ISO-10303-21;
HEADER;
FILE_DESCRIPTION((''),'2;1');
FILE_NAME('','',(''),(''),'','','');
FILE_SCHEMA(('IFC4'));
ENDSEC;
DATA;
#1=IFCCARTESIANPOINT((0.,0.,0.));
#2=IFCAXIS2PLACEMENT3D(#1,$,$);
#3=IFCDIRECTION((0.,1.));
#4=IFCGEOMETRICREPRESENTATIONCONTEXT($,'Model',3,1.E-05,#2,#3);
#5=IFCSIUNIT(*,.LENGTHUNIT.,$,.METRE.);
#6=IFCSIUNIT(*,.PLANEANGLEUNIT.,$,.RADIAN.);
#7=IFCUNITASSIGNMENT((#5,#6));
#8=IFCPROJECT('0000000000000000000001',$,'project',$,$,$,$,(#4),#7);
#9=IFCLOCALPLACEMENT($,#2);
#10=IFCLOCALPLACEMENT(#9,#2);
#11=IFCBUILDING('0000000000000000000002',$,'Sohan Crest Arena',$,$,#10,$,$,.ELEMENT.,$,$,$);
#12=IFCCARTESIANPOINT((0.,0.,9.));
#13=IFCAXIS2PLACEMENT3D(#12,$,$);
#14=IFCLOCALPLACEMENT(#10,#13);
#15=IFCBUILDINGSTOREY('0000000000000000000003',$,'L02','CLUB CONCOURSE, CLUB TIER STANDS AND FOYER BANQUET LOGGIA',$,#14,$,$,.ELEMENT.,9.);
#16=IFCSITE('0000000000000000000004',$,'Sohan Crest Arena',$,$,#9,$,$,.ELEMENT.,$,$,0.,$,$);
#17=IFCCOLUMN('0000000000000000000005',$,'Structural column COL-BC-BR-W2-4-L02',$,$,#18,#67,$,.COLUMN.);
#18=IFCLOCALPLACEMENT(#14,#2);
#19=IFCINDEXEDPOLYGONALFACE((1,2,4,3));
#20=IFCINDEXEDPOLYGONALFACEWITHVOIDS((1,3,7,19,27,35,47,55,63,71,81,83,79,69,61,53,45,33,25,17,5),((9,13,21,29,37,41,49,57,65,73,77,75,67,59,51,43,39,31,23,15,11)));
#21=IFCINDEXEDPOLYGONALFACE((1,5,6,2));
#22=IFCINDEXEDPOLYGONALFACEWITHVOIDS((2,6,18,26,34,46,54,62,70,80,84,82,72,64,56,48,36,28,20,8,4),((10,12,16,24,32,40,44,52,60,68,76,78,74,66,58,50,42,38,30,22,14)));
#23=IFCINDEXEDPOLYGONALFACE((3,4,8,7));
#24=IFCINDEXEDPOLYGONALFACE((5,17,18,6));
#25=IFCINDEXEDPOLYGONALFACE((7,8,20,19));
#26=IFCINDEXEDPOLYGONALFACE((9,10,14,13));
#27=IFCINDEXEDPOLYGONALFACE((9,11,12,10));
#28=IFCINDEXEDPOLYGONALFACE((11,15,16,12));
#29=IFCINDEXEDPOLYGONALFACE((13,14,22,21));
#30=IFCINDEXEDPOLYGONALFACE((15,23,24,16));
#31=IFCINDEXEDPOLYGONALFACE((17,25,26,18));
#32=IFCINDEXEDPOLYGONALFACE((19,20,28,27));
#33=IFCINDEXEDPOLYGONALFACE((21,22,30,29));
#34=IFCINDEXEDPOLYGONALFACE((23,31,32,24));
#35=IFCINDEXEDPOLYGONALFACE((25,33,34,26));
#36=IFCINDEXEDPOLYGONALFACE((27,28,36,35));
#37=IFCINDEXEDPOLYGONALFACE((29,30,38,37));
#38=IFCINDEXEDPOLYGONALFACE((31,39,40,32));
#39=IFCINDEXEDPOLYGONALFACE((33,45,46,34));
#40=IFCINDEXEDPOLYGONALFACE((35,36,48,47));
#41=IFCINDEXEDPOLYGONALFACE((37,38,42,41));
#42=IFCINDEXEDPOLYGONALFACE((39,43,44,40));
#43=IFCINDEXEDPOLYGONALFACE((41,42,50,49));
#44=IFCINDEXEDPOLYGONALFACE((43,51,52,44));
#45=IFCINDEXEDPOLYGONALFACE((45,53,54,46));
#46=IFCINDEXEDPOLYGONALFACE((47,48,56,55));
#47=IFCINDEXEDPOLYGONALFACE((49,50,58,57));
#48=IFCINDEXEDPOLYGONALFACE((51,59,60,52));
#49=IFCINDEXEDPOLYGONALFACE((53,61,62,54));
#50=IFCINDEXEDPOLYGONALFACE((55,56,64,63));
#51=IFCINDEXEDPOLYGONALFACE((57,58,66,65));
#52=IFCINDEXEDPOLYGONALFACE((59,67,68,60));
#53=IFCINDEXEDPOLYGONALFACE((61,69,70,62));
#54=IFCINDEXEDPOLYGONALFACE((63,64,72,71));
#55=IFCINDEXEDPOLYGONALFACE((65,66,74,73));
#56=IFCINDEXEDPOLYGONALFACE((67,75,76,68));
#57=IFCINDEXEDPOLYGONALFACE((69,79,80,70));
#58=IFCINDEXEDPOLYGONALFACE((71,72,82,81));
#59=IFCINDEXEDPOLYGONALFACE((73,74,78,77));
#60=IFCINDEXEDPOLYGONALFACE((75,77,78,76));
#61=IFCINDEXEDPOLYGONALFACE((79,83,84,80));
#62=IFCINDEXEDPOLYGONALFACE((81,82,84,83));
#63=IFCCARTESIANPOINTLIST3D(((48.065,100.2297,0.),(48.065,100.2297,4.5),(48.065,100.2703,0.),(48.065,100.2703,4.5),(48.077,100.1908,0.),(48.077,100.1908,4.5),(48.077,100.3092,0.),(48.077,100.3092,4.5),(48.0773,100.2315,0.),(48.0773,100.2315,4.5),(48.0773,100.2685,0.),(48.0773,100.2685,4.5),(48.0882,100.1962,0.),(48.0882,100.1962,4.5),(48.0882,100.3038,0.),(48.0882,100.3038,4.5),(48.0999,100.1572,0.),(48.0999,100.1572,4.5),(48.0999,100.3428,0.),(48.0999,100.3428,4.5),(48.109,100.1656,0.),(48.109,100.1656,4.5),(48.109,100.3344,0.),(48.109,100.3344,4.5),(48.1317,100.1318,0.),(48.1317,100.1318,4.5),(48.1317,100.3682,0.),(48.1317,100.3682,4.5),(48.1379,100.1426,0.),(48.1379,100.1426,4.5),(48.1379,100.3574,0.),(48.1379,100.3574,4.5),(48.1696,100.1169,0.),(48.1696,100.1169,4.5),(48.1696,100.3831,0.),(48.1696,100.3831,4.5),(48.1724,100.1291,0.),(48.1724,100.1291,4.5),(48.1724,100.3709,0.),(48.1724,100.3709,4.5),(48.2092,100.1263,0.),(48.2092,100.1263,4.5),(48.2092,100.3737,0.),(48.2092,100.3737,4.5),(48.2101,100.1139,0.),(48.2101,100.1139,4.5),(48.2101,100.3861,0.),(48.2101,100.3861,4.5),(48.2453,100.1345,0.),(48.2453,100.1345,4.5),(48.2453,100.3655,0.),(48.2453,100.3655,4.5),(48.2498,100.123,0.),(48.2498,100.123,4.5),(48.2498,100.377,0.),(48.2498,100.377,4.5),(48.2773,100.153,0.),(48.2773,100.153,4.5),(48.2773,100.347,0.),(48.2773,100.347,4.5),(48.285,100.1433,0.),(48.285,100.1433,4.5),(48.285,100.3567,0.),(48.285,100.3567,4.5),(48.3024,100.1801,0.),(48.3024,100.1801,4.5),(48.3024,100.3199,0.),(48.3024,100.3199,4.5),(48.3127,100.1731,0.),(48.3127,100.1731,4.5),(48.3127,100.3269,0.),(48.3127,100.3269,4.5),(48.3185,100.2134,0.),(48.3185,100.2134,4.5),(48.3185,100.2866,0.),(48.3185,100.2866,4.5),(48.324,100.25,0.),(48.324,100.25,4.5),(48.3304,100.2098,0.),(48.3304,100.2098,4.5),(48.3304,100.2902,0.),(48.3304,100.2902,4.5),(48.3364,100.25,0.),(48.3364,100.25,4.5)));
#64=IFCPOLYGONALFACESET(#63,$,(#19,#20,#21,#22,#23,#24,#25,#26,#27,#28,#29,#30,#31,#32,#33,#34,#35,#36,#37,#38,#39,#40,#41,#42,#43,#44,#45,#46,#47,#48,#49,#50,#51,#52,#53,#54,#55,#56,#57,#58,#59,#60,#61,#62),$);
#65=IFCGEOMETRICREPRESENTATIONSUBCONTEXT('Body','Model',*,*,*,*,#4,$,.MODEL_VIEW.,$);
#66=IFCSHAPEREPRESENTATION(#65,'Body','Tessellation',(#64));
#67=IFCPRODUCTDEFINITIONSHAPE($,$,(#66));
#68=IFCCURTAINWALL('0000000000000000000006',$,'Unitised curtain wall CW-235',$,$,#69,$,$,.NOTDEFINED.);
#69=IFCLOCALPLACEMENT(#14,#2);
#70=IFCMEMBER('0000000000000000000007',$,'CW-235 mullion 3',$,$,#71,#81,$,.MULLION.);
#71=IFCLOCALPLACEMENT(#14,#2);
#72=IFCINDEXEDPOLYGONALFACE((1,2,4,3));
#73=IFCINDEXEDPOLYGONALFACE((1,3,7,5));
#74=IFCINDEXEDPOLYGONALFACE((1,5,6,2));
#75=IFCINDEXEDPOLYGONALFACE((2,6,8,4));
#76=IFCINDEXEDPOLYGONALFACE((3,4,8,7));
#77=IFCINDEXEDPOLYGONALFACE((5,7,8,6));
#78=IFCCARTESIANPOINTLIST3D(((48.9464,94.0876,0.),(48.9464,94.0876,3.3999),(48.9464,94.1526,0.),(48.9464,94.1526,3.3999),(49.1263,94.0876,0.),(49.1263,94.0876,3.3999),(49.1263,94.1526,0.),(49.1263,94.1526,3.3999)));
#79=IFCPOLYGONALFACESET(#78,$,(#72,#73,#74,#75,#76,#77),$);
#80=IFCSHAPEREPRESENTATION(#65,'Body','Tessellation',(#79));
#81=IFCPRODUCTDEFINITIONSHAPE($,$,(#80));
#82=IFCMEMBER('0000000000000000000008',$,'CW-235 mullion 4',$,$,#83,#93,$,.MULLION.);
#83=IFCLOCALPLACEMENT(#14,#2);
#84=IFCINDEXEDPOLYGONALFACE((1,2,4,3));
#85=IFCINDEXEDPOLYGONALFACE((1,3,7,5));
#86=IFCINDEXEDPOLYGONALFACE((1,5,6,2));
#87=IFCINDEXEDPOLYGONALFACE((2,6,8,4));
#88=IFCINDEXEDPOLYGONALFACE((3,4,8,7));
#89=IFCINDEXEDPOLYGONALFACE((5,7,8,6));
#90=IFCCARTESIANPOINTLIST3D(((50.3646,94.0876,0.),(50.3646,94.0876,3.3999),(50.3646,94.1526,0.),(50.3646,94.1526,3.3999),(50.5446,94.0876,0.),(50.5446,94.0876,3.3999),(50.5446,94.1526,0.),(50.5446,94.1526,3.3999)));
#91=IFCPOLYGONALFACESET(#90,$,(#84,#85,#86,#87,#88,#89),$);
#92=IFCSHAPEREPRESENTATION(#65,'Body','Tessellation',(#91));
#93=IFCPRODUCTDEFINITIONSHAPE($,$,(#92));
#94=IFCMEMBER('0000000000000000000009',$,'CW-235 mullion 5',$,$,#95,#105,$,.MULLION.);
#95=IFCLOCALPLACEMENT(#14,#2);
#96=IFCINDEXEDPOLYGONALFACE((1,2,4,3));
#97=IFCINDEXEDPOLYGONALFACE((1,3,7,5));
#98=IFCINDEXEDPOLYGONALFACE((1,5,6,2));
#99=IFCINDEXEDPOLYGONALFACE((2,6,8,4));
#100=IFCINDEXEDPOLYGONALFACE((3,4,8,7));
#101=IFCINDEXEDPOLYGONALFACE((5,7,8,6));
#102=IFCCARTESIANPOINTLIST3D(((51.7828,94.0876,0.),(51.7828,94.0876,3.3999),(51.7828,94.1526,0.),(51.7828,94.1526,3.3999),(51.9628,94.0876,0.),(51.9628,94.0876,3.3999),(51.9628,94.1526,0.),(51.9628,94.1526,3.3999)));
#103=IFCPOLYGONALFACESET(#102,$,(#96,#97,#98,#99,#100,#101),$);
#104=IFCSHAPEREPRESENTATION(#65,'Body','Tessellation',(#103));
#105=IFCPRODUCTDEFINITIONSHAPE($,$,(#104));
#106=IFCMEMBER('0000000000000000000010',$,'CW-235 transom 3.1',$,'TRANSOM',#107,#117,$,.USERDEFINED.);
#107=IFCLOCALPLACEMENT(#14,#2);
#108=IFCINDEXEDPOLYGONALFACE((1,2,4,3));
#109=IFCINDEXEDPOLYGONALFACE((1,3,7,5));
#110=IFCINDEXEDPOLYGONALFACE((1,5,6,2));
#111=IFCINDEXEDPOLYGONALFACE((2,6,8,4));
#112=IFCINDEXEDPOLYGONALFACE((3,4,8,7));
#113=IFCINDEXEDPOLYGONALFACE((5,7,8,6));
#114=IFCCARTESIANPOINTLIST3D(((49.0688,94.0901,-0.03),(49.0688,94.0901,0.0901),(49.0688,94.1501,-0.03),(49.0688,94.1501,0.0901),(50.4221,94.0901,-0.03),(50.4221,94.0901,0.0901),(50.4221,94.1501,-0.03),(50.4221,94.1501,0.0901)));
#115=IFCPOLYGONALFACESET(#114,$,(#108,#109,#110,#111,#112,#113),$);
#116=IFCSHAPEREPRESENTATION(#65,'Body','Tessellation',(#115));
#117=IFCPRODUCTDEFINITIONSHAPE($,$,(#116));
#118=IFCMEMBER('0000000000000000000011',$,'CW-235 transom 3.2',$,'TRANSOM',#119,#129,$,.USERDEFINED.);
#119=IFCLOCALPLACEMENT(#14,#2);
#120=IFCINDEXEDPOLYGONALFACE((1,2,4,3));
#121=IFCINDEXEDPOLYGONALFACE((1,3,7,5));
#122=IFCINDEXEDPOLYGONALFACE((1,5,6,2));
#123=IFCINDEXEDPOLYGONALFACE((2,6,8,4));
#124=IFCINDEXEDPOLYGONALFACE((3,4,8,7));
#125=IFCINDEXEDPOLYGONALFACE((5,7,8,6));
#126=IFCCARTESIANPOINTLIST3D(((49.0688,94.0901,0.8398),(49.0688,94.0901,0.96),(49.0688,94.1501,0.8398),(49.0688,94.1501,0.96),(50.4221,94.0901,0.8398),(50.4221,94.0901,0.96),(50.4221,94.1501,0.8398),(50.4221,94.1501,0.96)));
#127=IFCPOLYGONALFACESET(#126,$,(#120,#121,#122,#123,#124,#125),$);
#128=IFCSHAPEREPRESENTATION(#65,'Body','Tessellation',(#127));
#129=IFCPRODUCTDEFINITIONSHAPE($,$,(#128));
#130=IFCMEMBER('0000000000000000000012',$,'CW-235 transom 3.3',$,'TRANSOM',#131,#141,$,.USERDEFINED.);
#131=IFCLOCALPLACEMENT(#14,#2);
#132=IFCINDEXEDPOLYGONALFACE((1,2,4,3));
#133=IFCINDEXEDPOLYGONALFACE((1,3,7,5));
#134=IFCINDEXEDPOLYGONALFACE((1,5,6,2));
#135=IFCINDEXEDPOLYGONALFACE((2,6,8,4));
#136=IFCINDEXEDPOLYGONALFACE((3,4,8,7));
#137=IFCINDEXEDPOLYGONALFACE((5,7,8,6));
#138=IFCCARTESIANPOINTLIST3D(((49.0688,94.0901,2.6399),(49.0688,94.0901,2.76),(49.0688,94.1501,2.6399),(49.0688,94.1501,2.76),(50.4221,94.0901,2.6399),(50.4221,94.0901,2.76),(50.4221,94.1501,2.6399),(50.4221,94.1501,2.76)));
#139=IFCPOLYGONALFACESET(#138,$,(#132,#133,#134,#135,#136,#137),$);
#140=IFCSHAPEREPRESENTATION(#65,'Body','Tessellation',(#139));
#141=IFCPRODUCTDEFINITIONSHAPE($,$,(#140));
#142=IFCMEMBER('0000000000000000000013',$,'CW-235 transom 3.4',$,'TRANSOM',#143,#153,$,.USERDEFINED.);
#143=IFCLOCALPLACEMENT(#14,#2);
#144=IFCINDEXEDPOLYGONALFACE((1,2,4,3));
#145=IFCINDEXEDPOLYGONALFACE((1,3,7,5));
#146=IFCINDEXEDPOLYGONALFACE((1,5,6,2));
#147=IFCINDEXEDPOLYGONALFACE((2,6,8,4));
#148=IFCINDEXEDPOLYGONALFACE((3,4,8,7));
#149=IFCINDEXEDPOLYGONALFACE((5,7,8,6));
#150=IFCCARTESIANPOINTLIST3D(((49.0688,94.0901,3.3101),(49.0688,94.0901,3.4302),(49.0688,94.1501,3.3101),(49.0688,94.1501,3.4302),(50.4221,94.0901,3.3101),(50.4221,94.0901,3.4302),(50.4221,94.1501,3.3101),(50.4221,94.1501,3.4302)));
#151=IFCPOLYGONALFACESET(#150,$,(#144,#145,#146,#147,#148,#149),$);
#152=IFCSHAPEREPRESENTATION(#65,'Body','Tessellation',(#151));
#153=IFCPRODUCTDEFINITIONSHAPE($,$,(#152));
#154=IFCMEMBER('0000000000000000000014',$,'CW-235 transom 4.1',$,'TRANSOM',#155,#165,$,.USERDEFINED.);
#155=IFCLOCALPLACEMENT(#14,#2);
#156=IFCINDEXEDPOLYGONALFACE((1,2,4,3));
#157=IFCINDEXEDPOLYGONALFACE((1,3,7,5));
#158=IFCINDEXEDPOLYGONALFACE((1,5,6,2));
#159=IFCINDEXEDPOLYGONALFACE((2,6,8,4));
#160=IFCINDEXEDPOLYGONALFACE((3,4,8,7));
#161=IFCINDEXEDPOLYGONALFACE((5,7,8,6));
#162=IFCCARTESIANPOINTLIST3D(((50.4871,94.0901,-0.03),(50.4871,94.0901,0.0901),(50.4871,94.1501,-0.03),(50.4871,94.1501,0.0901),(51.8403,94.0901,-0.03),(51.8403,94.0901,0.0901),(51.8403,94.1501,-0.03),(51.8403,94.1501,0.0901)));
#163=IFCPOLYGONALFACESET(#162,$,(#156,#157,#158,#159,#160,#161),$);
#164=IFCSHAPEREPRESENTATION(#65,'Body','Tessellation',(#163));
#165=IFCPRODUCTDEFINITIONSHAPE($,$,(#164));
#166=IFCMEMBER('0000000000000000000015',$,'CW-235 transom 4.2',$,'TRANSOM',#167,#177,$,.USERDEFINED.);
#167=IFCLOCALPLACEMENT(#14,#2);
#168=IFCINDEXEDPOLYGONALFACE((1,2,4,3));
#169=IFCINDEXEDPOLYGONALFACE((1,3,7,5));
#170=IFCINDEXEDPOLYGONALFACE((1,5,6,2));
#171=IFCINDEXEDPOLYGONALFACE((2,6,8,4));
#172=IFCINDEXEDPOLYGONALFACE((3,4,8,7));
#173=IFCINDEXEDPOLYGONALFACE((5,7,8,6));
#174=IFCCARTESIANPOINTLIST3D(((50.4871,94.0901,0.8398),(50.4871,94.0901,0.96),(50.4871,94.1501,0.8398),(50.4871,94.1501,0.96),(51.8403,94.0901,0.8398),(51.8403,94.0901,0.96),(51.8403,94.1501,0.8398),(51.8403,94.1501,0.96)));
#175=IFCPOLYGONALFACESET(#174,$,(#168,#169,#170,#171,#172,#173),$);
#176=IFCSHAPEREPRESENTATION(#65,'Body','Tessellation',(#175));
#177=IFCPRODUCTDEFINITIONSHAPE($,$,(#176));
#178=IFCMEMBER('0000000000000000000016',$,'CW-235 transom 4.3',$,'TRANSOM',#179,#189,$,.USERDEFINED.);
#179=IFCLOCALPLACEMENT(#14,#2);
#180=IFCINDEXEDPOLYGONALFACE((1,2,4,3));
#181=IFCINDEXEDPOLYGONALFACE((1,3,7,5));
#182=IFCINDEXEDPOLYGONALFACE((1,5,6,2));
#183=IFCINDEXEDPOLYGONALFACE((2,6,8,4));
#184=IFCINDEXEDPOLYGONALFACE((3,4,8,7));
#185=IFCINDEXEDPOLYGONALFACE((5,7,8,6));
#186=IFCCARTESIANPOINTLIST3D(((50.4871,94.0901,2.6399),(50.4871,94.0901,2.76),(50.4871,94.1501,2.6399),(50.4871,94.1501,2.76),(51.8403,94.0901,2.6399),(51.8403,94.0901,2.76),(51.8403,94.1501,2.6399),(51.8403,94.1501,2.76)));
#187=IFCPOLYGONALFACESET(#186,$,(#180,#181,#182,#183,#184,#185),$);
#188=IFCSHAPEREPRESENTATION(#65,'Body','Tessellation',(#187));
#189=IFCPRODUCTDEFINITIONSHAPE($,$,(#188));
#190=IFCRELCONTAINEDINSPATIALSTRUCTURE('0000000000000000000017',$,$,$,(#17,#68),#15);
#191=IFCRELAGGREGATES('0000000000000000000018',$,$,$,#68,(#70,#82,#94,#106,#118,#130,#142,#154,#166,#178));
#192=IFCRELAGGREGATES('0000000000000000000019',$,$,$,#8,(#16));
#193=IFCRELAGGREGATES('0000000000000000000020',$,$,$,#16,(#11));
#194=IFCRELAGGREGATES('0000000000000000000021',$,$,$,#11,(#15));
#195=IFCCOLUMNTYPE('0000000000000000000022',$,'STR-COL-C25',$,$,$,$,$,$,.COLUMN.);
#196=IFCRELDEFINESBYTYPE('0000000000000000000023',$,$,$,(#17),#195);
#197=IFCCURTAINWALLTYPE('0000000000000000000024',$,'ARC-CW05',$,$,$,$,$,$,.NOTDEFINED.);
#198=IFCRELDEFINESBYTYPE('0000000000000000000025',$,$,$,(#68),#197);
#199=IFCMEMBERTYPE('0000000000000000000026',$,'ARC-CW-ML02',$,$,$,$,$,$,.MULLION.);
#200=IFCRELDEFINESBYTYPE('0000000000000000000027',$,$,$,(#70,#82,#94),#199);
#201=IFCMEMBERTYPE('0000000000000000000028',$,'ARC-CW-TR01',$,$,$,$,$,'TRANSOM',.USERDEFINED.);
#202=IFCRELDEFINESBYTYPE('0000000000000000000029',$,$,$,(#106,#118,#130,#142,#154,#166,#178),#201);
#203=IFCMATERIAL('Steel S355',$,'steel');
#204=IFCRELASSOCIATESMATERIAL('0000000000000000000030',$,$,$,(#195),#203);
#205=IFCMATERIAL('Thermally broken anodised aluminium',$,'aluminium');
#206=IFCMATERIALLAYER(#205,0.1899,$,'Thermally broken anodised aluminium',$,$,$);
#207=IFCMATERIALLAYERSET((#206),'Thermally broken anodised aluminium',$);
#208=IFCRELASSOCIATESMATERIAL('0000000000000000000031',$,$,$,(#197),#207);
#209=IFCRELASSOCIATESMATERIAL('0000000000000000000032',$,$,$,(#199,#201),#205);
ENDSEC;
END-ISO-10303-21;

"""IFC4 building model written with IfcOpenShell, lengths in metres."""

from ifc_helpers import new_model, si_unit, direction, frame, origin, origin_2d, place, context, subcontext, project, spatial, rectangle, hollow_circle, extrude, material, layer, layer_set, material_profile, profile_set, type_object, element, aggregate, save


model = new_model("IFC4")

# Units and contexts
model_context = context("Model", 3, precision=1e-05, world=origin(), true_north=direction((0.0, 1.0)))
body_context = subcontext(model_context, "Body", "Model", "MODEL_VIEW")
ifc_project = project(units=[si_unit("LENGTHUNIT", "METRE"), si_unit("PLANEANGLEUNIT", "RADIAN")], contexts=[model_context])

# Site, building, storey
site_placement = place(None, origin())
site = spatial("IfcSite", under=ifc_project, at=site_placement, Name="Sohan Crest Arena", CompositionType="ELEMENT", RefElevation=0.0)
building_placement = place(site_placement, origin())
building = spatial("IfcBuilding", under=site, at=building_placement, Name="Sohan Crest Arena", CompositionType="ELEMENT")
storey_placement = place(building_placement, frame((0.0, 0.0, 9.0)))
storey = spatial("IfcBuildingStorey", under=building, at=storey_placement, Name="L02", Description="CLUB CONCOURSE, CLUB TIER STANDS AND FOYER BANQUET LOGGIA", CompositionType="ELEMENT", Elevation=9.0)

# Column
ifc_material_1 = material(Name="Steel S355", Category="steel")
ifc_material_profile_1 = material_profile(ifc_material_1, hollow_circle(Radius=0.1365, WallThickness=0.0125, at=origin_2d()), Name="CHS 273x12.5")
ifc_profile_set_1 = profile_set([ifc_material_profile_1], Name="Steel S355")
column_type = type_object("IfcColumnType", Name="STR-COL-C25", PredefinedType="COLUMN", material=ifc_profile_set_1)
for number, where, z_axis, x_axis, name in (
    (1, (48.2, 100.25, 0.0), (0.0, 0.0, 1.0), (1.0, 0.0, 0.0), "Structural column COL-BC-BR-W2-4-L02"),
):
    element("IfcColumn", number, at=place(storey_placement, frame(where, z_axis=z_axis, x_axis=x_axis)), inside=storey, type_object=column_type, Name=name, PredefinedType="COLUMN", context=body_context, shape_type="SweptSolid", body=[
        extrude(hollow_circle(Radius=0.1365, WallThickness=0.0125, at=origin_2d()), origin(), (0.0, 0.0, 1.0), 4.5),
    ])

# Curtain wall, members
ifc_material_2 = material(Name="Thermally broken anodised aluminium", Category="aluminium")
ifc_layer_1 = layer(ifc_material_2, 0.1899, Name="Thermally broken anodised aluminium")
ifc_layer_set_1 = layer_set([ifc_layer_1], Name="Thermally broken anodised aluminium")
curtain_wall_type = type_object("IfcCurtainWallType", Name="ARC-CW05", PredefinedType="NOTDEFINED", material=ifc_layer_set_1)
curtain_wall_placement = place(storey_placement, origin())
curtain_wall = element("IfcCurtainWall", 2, at=curtain_wall_placement, inside=storey, type_object=curtain_wall_type, Name="Unitised curtain wall CW-235", PredefinedType="NOTDEFINED")
ifc_material_profile_2 = material_profile(ifc_material_2, rectangle(XDim=0.0649, YDim=0.1799, at=origin_2d()), Name="ALU-MULL 65x180")
ifc_profile_set_2 = profile_set([ifc_material_profile_2], Name="Thermally broken anodised aluminium")
member_type_1 = type_object("IfcMemberType", Name="ARC-CW-ML02", PredefinedType="MULLION", material=ifc_profile_set_2)
member_1_placement = place(storey_placement, frame((49.0364, 94.1201, 0.0), z_axis=(0.0, 0.0, 1.0), x_axis=(0.0, 1.0, 0.0)))
member_1 = element("IfcMember", 3, at=member_1_placement, type_object=member_type_1, Name="CW-235 mullion 3", PredefinedType="MULLION", context=body_context, shape_type="SweptSolid", body=[
    extrude(rectangle(XDim=0.0649, YDim=0.1799, at=origin_2d()), origin(), (0.0, 0.0, 1.0), 3.3999),
])
member_2_placement = place(storey_placement, frame((50.4546, 94.1201, 0.0), z_axis=(0.0, 0.0, 1.0), x_axis=(0.0, 1.0, 0.0)))
member_2 = element("IfcMember", 4, at=member_2_placement, type_object=member_type_1, Name="CW-235 mullion 4", PredefinedType="MULLION", context=body_context, shape_type="SweptSolid", body=[
    extrude(rectangle(XDim=0.0649, YDim=0.1799, at=origin_2d()), origin(), (0.0, 0.0, 1.0), 3.3999),
])
member_3_placement = place(storey_placement, frame((51.8728, 94.1201, 0.0), z_axis=(0.0, 0.0, 1.0), x_axis=(0.0, 1.0, 0.0)))
member_3 = element("IfcMember", 5, at=member_3_placement, type_object=member_type_1, Name="CW-235 mullion 5", PredefinedType="MULLION", context=body_context, shape_type="SweptSolid", body=[
    extrude(rectangle(XDim=0.0649, YDim=0.1799, at=origin_2d()), origin(), (0.0, 0.0, 1.0), 3.3999),
])
ifc_material_profile_3 = material_profile(ifc_material_2, rectangle(XDim=0.0601, YDim=0.1201, at=origin_2d()), Name="ALU-TRAN 60x120")
ifc_profile_set_3 = profile_set([ifc_material_profile_3], Name="Thermally broken anodised aluminium")
member_type_2 = type_object("IfcMemberType", Name="ARC-CW-TR01", ElementType="TRANSOM", PredefinedType="USERDEFINED", material=ifc_profile_set_3)
member_4_placement = place(storey_placement, frame((49.0688, 94.1201, 0.03), z_axis=(1.0, 0.0, 0.0), x_axis=(0.0, 1.0, 0.0)))
member_4 = element("IfcMember", 6, at=member_4_placement, type_object=member_type_2, Name="CW-235 transom 3.1", ObjectType="TRANSOM", PredefinedType="USERDEFINED", context=body_context, shape_type="SweptSolid", body=[
    extrude(rectangle(XDim=0.0601, YDim=0.1201, at=origin_2d()), origin(), (0.0, 0.0, 1.0), 1.3533),
])
member_5_placement = place(storey_placement, frame((49.0688, 94.1201, 0.8999), z_axis=(1.0, 0.0, 0.0), x_axis=(0.0, 1.0, 0.0)))
member_5 = element("IfcMember", 7, at=member_5_placement, type_object=member_type_2, Name="CW-235 transom 3.2", ObjectType="TRANSOM", PredefinedType="USERDEFINED", context=body_context, shape_type="SweptSolid", body=[
    extrude(rectangle(XDim=0.0601, YDim=0.1201, at=origin_2d()), origin(), (0.0, 0.0, 1.0), 1.3533),
])
member_6_placement = place(storey_placement, frame((49.0688, 94.1201, 2.7), z_axis=(1.0, 0.0, 0.0), x_axis=(0.0, 1.0, 0.0)))
member_6 = element("IfcMember", 8, at=member_6_placement, type_object=member_type_2, Name="CW-235 transom 3.3", ObjectType="TRANSOM", PredefinedType="USERDEFINED", context=body_context, shape_type="SweptSolid", body=[
    extrude(rectangle(XDim=0.0601, YDim=0.1201, at=origin_2d()), origin(), (0.0, 0.0, 1.0), 1.3533),
])
member_7_placement = place(storey_placement, frame((49.0688, 94.1201, 3.3701), z_axis=(1.0, 0.0, 0.0), x_axis=(0.0, 1.0, 0.0)))
member_7 = element("IfcMember", 9, at=member_7_placement, type_object=member_type_2, Name="CW-235 transom 3.4", ObjectType="TRANSOM", PredefinedType="USERDEFINED", context=body_context, shape_type="SweptSolid", body=[
    extrude(rectangle(XDim=0.0601, YDim=0.1201, at=origin_2d()), origin(), (0.0, 0.0, 1.0), 1.3533),
])
member_8_placement = place(storey_placement, frame((50.4871, 94.1201, 0.03), z_axis=(1.0, 0.0, 0.0), x_axis=(0.0, 1.0, 0.0)))
member_8 = element("IfcMember", 10, at=member_8_placement, type_object=member_type_2, Name="CW-235 transom 4.1", ObjectType="TRANSOM", PredefinedType="USERDEFINED", context=body_context, shape_type="SweptSolid", body=[
    extrude(rectangle(XDim=0.0601, YDim=0.1201, at=origin_2d()), origin(), (0.0, 0.0, 1.0), 1.3533),
])
member_9_placement = place(storey_placement, frame((50.4871, 94.1201, 0.8999), z_axis=(1.0, 0.0, 0.0), x_axis=(0.0, 1.0, 0.0)))
member_9 = element("IfcMember", 11, at=member_9_placement, type_object=member_type_2, Name="CW-235 transom 4.2", ObjectType="TRANSOM", PredefinedType="USERDEFINED", context=body_context, shape_type="SweptSolid", body=[
    extrude(rectangle(XDim=0.0601, YDim=0.1201, at=origin_2d()), origin(), (0.0, 0.0, 1.0), 1.3533),
])
member_10_placement = place(storey_placement, frame((50.4871, 94.1201, 2.7), z_axis=(1.0, 0.0, 0.0), x_axis=(0.0, 1.0, 0.0)))
member_10 = element("IfcMember", 12, at=member_10_placement, type_object=member_type_2, Name="CW-235 transom 4.3", ObjectType="TRANSOM", PredefinedType="USERDEFINED", context=body_context, shape_type="SweptSolid", body=[
    extrude(rectangle(XDim=0.0601, YDim=0.1201, at=origin_2d()), origin(), (0.0, 0.0, 1.0), 1.3533),
])

aggregate(curtain_wall, [member_1, member_2, member_3, member_4, member_5, member_6, member_7, member_8, member_9, member_10])

save(model, "model.ifc")
